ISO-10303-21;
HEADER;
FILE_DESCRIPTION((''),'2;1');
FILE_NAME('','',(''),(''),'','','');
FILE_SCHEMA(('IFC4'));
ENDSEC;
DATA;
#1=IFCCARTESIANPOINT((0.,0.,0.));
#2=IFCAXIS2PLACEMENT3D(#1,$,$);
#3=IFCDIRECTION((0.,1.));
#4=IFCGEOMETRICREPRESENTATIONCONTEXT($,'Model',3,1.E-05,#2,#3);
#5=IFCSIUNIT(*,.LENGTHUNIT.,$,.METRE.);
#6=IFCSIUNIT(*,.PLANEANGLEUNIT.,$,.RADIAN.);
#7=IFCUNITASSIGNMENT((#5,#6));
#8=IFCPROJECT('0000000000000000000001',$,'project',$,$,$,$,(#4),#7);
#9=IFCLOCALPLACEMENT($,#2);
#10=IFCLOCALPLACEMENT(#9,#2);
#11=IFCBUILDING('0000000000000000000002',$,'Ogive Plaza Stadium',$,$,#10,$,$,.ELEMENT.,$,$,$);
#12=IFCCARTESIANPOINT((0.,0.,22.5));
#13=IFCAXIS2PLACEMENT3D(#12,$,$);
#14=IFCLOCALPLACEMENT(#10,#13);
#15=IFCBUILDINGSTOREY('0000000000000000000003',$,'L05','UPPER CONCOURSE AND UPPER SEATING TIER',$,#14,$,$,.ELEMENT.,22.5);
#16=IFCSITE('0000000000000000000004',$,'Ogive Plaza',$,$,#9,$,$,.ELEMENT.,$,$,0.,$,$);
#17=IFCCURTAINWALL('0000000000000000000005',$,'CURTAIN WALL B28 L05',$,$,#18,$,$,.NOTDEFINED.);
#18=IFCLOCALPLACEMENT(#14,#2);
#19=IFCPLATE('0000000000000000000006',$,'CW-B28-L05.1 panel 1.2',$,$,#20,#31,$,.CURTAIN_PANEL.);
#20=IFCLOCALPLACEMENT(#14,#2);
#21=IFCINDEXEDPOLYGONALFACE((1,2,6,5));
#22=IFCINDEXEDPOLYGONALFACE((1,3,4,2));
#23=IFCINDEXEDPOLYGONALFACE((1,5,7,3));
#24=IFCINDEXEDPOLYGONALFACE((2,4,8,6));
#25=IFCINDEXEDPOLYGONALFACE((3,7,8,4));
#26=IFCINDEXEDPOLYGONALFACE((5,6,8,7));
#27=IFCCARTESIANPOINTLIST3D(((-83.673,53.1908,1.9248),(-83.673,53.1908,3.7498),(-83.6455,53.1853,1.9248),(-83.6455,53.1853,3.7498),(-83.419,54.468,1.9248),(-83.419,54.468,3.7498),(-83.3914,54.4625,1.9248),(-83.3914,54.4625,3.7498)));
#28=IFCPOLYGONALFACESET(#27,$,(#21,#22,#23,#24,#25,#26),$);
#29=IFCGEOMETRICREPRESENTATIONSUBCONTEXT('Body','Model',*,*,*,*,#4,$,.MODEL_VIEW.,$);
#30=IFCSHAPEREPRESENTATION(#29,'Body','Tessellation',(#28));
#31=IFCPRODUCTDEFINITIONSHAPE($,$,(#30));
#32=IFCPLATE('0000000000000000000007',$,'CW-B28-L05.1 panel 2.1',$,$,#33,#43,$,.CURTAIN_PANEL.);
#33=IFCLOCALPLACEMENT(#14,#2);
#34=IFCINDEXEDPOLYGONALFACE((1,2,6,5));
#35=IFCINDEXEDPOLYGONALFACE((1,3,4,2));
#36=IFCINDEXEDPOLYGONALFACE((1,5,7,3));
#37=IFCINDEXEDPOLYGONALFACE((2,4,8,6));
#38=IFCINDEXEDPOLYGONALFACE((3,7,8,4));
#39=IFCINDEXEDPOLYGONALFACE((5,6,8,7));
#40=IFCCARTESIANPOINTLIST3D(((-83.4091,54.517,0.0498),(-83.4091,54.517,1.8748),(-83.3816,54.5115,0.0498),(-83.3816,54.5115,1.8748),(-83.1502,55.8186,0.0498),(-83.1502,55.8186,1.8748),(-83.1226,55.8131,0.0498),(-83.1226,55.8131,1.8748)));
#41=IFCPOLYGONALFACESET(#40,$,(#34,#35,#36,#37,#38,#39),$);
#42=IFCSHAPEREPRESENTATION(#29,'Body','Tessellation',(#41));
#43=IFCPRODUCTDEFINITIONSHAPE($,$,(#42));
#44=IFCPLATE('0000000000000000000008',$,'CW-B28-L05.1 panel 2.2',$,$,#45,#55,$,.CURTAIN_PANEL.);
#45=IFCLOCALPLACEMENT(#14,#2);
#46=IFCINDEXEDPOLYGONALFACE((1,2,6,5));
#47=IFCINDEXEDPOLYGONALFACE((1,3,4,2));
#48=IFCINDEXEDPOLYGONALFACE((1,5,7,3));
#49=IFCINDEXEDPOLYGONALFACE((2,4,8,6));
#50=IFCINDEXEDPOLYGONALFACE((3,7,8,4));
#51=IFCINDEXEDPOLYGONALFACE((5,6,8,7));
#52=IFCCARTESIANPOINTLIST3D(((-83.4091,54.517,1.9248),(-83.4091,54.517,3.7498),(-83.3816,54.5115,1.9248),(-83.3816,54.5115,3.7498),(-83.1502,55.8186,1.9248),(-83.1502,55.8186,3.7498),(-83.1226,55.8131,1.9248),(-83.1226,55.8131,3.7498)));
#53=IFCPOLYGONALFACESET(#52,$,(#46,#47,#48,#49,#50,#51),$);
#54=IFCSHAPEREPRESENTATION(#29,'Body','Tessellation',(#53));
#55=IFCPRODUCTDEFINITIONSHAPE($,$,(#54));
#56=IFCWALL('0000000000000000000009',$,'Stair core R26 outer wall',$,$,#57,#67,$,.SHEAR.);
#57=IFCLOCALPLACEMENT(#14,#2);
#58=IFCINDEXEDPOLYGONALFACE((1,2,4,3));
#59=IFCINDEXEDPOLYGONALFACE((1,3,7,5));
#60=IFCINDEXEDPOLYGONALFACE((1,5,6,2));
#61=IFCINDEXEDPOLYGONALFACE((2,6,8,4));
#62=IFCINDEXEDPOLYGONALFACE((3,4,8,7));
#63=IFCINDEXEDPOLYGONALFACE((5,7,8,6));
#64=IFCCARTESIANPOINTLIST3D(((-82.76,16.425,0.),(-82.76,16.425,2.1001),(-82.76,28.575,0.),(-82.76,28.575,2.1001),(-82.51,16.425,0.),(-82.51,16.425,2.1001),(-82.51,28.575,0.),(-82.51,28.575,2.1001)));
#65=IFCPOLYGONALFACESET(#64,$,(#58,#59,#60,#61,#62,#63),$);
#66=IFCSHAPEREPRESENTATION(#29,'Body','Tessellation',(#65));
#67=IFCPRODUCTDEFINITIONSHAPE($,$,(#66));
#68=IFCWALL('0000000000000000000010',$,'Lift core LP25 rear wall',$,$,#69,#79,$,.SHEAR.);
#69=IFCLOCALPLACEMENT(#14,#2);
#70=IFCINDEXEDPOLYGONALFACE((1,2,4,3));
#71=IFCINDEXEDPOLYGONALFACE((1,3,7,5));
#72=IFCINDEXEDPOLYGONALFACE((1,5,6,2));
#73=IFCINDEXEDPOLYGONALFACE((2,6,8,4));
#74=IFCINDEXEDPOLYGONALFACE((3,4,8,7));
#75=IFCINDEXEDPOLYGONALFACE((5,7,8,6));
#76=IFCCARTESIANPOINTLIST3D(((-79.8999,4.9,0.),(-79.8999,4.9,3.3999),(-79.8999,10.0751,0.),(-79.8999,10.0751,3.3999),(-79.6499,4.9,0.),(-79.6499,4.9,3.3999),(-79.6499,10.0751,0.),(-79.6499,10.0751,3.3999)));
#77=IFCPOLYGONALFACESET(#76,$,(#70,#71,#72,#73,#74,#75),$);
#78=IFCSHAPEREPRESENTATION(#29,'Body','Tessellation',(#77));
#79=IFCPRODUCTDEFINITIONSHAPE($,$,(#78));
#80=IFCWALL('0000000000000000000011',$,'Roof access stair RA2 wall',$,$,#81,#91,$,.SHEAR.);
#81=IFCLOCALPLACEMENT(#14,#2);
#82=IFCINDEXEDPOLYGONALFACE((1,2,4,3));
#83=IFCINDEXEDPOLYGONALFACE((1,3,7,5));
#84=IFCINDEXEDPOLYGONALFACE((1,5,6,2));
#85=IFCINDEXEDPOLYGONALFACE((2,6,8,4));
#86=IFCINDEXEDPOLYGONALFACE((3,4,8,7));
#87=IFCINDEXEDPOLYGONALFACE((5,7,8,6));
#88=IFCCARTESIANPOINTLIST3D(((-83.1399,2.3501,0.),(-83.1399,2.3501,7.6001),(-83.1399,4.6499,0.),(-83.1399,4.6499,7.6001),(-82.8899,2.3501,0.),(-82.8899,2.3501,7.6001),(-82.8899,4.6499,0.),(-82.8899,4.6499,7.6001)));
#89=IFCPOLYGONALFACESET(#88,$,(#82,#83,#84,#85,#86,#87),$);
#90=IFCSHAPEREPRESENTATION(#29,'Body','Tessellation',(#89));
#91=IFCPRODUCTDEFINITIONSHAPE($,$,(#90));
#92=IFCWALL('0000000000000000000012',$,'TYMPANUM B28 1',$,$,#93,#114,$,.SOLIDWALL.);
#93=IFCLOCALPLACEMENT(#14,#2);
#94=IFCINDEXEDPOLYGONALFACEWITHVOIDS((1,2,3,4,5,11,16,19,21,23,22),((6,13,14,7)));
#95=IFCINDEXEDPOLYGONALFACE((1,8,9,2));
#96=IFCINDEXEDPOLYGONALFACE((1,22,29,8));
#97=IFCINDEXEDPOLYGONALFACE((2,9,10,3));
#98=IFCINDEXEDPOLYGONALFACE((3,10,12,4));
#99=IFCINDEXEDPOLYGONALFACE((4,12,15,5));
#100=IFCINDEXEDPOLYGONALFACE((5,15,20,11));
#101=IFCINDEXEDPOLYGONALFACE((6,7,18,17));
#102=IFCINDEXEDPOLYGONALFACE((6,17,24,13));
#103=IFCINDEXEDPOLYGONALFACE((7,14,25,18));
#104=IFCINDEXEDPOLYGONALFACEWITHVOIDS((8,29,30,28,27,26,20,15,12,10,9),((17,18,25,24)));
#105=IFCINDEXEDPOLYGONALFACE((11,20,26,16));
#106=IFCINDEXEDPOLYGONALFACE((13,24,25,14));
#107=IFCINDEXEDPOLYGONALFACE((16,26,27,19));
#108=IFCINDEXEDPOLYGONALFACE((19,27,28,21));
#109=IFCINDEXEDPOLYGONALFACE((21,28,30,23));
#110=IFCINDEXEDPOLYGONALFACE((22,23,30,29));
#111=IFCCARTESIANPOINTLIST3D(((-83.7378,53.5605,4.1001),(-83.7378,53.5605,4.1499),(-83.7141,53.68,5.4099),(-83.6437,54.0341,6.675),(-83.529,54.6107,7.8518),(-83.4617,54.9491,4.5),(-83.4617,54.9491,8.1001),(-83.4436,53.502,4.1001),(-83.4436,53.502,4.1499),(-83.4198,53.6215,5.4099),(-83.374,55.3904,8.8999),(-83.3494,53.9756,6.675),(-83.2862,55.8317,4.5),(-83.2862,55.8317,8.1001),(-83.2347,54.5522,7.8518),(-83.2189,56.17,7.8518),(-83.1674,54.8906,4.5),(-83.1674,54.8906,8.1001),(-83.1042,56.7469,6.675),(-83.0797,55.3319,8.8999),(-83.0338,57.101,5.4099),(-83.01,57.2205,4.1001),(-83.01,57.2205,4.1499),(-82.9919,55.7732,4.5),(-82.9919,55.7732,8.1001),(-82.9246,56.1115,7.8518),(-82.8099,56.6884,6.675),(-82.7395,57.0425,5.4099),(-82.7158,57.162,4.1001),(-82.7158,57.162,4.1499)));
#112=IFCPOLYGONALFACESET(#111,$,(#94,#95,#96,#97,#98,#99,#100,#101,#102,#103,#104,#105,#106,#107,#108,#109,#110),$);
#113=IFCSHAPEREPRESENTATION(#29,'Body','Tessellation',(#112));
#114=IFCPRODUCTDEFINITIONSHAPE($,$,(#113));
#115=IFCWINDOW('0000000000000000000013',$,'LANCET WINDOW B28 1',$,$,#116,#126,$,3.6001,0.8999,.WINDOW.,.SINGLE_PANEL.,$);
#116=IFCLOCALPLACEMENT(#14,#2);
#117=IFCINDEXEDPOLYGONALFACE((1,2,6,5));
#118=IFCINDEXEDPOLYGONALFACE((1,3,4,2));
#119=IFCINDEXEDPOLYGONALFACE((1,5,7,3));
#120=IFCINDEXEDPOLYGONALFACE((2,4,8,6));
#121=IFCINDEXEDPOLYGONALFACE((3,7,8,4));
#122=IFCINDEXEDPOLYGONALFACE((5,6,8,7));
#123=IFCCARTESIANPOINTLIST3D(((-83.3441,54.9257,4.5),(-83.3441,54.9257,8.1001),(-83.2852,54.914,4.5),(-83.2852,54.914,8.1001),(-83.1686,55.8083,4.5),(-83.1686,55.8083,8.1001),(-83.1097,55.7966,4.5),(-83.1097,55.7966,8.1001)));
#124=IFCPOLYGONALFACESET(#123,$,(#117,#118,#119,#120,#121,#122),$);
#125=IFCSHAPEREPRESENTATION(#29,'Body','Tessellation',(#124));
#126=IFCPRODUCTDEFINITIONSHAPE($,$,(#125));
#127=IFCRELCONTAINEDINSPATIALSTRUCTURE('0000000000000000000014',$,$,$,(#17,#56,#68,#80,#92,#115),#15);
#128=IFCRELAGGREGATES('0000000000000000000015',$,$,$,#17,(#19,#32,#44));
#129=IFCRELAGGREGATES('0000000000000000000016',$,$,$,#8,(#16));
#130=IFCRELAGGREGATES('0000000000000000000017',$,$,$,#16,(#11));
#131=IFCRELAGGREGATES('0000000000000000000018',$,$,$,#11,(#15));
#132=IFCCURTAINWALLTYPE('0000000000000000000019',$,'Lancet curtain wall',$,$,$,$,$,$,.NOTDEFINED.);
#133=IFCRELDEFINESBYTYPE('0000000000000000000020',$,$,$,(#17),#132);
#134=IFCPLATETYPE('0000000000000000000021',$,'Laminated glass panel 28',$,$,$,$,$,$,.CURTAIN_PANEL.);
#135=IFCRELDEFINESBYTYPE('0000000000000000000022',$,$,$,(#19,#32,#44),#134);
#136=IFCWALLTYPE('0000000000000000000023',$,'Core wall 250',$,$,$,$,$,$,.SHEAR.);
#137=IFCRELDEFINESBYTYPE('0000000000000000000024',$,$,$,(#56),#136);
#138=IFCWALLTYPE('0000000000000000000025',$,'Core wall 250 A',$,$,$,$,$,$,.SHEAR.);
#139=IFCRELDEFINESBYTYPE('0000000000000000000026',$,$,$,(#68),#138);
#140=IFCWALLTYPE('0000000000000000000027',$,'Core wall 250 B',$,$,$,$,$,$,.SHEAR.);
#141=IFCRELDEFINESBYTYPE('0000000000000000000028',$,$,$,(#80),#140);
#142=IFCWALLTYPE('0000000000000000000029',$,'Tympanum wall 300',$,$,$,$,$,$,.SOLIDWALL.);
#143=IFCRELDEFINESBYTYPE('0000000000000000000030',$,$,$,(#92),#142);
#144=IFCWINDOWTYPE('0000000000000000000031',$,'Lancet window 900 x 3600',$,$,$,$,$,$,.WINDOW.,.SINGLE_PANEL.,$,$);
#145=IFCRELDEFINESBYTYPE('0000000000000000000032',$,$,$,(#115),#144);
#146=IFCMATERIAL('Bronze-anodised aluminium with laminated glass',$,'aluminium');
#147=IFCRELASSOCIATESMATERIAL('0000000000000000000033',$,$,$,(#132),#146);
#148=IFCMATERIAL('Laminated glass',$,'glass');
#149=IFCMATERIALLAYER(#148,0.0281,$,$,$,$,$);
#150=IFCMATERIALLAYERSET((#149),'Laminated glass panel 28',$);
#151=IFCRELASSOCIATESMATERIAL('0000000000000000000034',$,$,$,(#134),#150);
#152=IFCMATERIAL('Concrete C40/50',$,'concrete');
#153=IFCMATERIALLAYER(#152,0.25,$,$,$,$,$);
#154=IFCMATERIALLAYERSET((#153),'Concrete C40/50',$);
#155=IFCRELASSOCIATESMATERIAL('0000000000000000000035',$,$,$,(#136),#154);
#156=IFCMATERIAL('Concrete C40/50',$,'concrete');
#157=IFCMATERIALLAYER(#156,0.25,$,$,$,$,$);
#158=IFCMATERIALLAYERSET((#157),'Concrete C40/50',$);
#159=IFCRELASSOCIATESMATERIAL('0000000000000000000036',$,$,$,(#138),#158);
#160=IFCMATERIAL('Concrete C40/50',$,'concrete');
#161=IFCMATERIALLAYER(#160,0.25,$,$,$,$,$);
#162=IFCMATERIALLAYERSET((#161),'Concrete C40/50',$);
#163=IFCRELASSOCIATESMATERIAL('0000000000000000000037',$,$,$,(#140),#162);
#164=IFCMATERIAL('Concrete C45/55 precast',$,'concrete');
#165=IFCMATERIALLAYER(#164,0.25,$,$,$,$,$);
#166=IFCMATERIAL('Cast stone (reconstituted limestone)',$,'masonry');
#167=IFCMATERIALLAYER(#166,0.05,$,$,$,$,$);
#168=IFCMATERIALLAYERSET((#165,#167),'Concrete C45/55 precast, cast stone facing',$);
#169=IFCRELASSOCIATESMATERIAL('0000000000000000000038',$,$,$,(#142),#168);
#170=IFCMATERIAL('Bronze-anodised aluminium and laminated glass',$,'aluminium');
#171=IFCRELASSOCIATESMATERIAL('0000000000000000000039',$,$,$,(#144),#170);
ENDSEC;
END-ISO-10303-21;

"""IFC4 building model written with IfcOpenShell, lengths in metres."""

from ifc_helpers import new_model, si_unit, direction, frame, frame_2d, origin, origin_2d, place, context, subcontext, project, spatial, polyline, rectangle, outline, extrude, material, layer, layer_set, type_object, element, fill, aggregate, save


model = new_model("IFC4")

# Units and contexts
model_context = context("Model", 3, precision=1e-05, world=origin(), true_north=direction((0.0, 1.0)))
body_context = subcontext(model_context, "Body", "Model", "MODEL_VIEW")
ifc_project = project(units=[si_unit("LENGTHUNIT", "METRE"), si_unit("PLANEANGLEUNIT", "RADIAN")], contexts=[model_context])

# Site, building, storey
site_placement = place(None, origin())
site = spatial("IfcSite", under=ifc_project, at=site_placement, Name="Ogive Plaza", CompositionType="ELEMENT", RefElevation=0.0)
building_placement = place(site_placement, origin())
building = spatial("IfcBuilding", under=site, at=building_placement, Name="Ogive Plaza Stadium", CompositionType="ELEMENT")
storey_placement = place(building_placement, frame((0.0, 0.0, 22.5)))
storey = spatial("IfcBuildingStorey", under=building, at=storey_placement, Name="L05", Description="UPPER CONCOURSE AND UPPER SEATING TIER", CompositionType="ELEMENT", Elevation=22.5)

# Shared definitions
ifc_material_1 = material(Name="Bronze-anodised aluminium with laminated glass", Category="aluminium")
curtain_wall_type = type_object("IfcCurtainWallType", Name="Lancet curtain wall", PredefinedType="NOTDEFINED", material=ifc_material_1)

# Curtain wall
curtain_wall_1_placement = place(storey_placement, origin())
curtain_wall_1 = element("IfcCurtainWall", 1, at=curtain_wall_1_placement, inside=storey, type_object=curtain_wall_type, Name="CURTAIN WALL B28 L05", PredefinedType="NOTDEFINED")

# Plates
ifc_material_2 = material(Name="Laminated glass", Category="glass")
ifc_layer_1 = layer(ifc_material_2, 0.0281)
ifc_layer_set_1 = layer_set([ifc_layer_1], Name="Laminated glass panel 28")
plate_type = type_object("IfcPlateType", Name="Laminated glass panel 28", PredefinedType="CURTAIN_PANEL", material=ifc_layer_set_1)
plate_1_placement = place(storey_placement, frame((-83.5322, 53.8267, 1.9248), z_axis=(0.0, 0.0, 1.0), x_axis=(0.19509, 0.980785, 0.0)))
plate_1 = element("IfcPlate", 2, at=plate_1_placement, type_object=plate_type, Name="CW-B28-L05.1 panel 1.2", PredefinedType="CURTAIN_PANEL", context=body_context, shape_type="SweptSolid", body=[
    extrude(rectangle(XDim=1.3022, YDim=0.0281, at=origin_2d()), origin(), (0.0, 0.0, 1.0), 1.825),
])
plate_2_placement = place(storey_placement, frame((-83.2659, 55.165, 0.0498), z_axis=(0.0, 0.0, 1.0), x_axis=(0.19509, 0.980785, 0.0)))
plate_2 = element("IfcPlate", 3, at=plate_2_placement, type_object=plate_type, Name="CW-B28-L05.1 panel 2.1", PredefinedType="CURTAIN_PANEL", context=body_context, shape_type="SweptSolid", body=[
    extrude(rectangle(XDim=1.3271, YDim=0.0281, at=origin_2d()), origin(), (0.0, 0.0, 1.0), 1.825),
])
plate_3_placement = place(storey_placement, frame((-83.2659, 55.165, 1.9248), z_axis=(0.0, 0.0, 1.0), x_axis=(0.19509, 0.980785, 0.0)))
plate_3 = element("IfcPlate", 4, at=plate_3_placement, type_object=plate_type, Name="CW-B28-L05.1 panel 2.2", PredefinedType="CURTAIN_PANEL", context=body_context, shape_type="SweptSolid", body=[
    extrude(rectangle(XDim=1.3271, YDim=0.0281, at=origin_2d()), origin(), (0.0, 0.0, 1.0), 1.825),
])
aggregate(curtain_wall_1, [plate_1, plate_2, plate_3])

# Walls
ifc_material_3 = material(Name="Concrete C40/50", Category="concrete")
ifc_layer_2 = layer(ifc_material_3, 0.25)
ifc_layer_set_2 = layer_set([ifc_layer_2], Name="Concrete C40/50")
wall_type_1 = type_object("IfcWallType", Name="Core wall 250", PredefinedType="SHEAR", material=ifc_layer_set_2)
wall_1_placement = place(storey_placement, frame((-82.635, 28.575, 0.0), z_axis=(0.0, 0.0, 1.0), x_axis=(0.0, -1.0, 0.0)))
element("IfcWall", 5, at=wall_1_placement, inside=storey, type_object=wall_type_1, Name="Stair core R26 outer wall", PredefinedType="SHEAR", context=body_context, shape_type="SweptSolid", body=[
    extrude(rectangle(XDim=12.1499, YDim=0.25, at=frame_2d((6.075, 0.0))), origin(), (0.0, 0.0, 1.0), 2.1001),
])
ifc_material_4 = material(Name="Concrete C40/50", Category="concrete")
ifc_layer_3 = layer(ifc_material_4, 0.25)
ifc_layer_set_3 = layer_set([ifc_layer_3], Name="Concrete C40/50")
wall_type_2 = type_object("IfcWallType", Name="Core wall 250 A", PredefinedType="SHEAR", material=ifc_layer_set_3)
wall_2_placement = place(storey_placement, frame((-79.7749, 10.075, 0.0), z_axis=(0.0, 0.0, 1.0), x_axis=(0.0, -1.0, 0.0)))
element("IfcWall", 6, at=wall_2_placement, inside=storey, type_object=wall_type_2, Name="Lift core LP25 rear wall", PredefinedType="SHEAR", context=body_context, shape_type="SweptSolid", body=[
    extrude(rectangle(XDim=5.175, YDim=0.25, at=frame_2d((2.5874, 0.0))), origin(), (0.0, 0.0, 1.0), 3.3999),
])
ifc_material_5 = material(Name="Concrete C40/50", Category="concrete")
ifc_layer_4 = layer(ifc_material_5, 0.25)
ifc_layer_set_4 = layer_set([ifc_layer_4], Name="Concrete C40/50")
wall_type_3 = type_object("IfcWallType", Name="Core wall 250 B", PredefinedType="SHEAR", material=ifc_layer_set_4)
wall_3_placement = place(storey_placement, frame((-83.0149, 4.6499, 0.0), z_axis=(0.0, 0.0, 1.0), x_axis=(0.0, -1.0, 0.0)))
element("IfcWall", 7, at=wall_3_placement, inside=storey, type_object=wall_type_3, Name="Roof access stair RA2 wall", PredefinedType="SHEAR", context=body_context, shape_type="SweptSolid", body=[
    extrude(rectangle(XDim=2.2998, YDim=0.25, at=frame_2d((1.1499, 0.0))), origin(), (0.0, 0.0, 1.0), 7.6001),
])

# Wall, opening, window
ifc_material_6 = material(Name="Concrete C45/55 precast", Category="concrete")
ifc_layer_5 = layer(ifc_material_6, 0.25)
ifc_material_7 = material(Name="Cast stone (reconstituted limestone)", Category="masonry")
ifc_layer_6 = layer(ifc_material_7, 0.05)
ifc_layer_set_5 = layer_set([ifc_layer_5, ifc_layer_6], Name="Concrete C45/55 precast, cast stone facing")
wall_type_4 = type_object("IfcWallType", Name="Tympanum wall 300", PredefinedType="SOLIDWALL", material=ifc_layer_set_5)
wall_4_placement = place(storey_placement, frame((-83.5908, 53.5312, 4.1001), z_axis=(0.0, 0.0, 1.0), x_axis=(0.195034, 0.980796, 0.0)))
wall_4 = element("IfcWall", 8, at=wall_4_placement, inside=storey, type_object=wall_type_4, Name="TYMPANUM B28 1", PredefinedType="SOLIDWALL", context=body_context, shape_type="SweptSolid", body=[
    extrude(outline(polyline([(0.0, 0.0), (3.7317, 0.0), (3.7317, 0.0498), (3.6099, 1.3098), (3.2488, 2.575), (2.6606, 3.7517), (1.8657, 4.7998), (1.0708, 3.7517), (0.4829, 2.575), (0.1218, 1.3098), (0.0, 0.0498), (0.0, 0.0)])), frame((0.0, 0.1499, 0.0), z_axis=(0.0, -1.0, 0.0), x_axis=(1.0, 0.0, 0.0)), (0.0, 0.0, 1.0), 0.3),
])
opening_placement = place(wall_4_placement, frame((1.4158, 0.0, 0.3999)))
opening = element("IfcOpeningElement", 9, at=opening_placement, cuts=wall_4, PredefinedType="OPENING", context=body_context, shape_type="SweptSolid", body=[
    extrude(rectangle(XDim=0.8999, YDim=3.6001, at=frame_2d((0.45, 1.8))), frame((0.0, 0.1602, 0.0), z_axis=(0.0, -1.0, 0.0), x_axis=(1.0, 0.0, 0.0)), (0.0, 0.0, 1.0), 0.3201),
])
ifc_material_8 = material(Name="Bronze-anodised aluminium and laminated glass", Category="aluminium")
window_type = type_object("IfcWindowType", Name="Lancet window 900 x 3600", PartitioningType="SINGLE_PANEL", PredefinedType="WINDOW", material=ifc_material_8)
window_placement = place(opening_placement, origin())
window = element("IfcWindow", 10, at=window_placement, inside=storey, type_object=window_type, Name="LANCET WINDOW B28 1", OverallHeight=3.6001, OverallWidth=0.8999, PartitioningType="SINGLE_PANEL", PredefinedType="WINDOW", context=body_context, shape_type="SweptSolid", body=[
    extrude(rectangle(XDim=0.8999, YDim=3.6001, at=frame_2d((0.45, 1.8))), frame((0.0, 0.03, 0.0), z_axis=(0.0, -1.0, 0.0), x_axis=(1.0, 0.0, 0.0)), (0.0, 0.0, 1.0), 0.0601),
])
fill(opening, window)

save(model, "model.ifc")
